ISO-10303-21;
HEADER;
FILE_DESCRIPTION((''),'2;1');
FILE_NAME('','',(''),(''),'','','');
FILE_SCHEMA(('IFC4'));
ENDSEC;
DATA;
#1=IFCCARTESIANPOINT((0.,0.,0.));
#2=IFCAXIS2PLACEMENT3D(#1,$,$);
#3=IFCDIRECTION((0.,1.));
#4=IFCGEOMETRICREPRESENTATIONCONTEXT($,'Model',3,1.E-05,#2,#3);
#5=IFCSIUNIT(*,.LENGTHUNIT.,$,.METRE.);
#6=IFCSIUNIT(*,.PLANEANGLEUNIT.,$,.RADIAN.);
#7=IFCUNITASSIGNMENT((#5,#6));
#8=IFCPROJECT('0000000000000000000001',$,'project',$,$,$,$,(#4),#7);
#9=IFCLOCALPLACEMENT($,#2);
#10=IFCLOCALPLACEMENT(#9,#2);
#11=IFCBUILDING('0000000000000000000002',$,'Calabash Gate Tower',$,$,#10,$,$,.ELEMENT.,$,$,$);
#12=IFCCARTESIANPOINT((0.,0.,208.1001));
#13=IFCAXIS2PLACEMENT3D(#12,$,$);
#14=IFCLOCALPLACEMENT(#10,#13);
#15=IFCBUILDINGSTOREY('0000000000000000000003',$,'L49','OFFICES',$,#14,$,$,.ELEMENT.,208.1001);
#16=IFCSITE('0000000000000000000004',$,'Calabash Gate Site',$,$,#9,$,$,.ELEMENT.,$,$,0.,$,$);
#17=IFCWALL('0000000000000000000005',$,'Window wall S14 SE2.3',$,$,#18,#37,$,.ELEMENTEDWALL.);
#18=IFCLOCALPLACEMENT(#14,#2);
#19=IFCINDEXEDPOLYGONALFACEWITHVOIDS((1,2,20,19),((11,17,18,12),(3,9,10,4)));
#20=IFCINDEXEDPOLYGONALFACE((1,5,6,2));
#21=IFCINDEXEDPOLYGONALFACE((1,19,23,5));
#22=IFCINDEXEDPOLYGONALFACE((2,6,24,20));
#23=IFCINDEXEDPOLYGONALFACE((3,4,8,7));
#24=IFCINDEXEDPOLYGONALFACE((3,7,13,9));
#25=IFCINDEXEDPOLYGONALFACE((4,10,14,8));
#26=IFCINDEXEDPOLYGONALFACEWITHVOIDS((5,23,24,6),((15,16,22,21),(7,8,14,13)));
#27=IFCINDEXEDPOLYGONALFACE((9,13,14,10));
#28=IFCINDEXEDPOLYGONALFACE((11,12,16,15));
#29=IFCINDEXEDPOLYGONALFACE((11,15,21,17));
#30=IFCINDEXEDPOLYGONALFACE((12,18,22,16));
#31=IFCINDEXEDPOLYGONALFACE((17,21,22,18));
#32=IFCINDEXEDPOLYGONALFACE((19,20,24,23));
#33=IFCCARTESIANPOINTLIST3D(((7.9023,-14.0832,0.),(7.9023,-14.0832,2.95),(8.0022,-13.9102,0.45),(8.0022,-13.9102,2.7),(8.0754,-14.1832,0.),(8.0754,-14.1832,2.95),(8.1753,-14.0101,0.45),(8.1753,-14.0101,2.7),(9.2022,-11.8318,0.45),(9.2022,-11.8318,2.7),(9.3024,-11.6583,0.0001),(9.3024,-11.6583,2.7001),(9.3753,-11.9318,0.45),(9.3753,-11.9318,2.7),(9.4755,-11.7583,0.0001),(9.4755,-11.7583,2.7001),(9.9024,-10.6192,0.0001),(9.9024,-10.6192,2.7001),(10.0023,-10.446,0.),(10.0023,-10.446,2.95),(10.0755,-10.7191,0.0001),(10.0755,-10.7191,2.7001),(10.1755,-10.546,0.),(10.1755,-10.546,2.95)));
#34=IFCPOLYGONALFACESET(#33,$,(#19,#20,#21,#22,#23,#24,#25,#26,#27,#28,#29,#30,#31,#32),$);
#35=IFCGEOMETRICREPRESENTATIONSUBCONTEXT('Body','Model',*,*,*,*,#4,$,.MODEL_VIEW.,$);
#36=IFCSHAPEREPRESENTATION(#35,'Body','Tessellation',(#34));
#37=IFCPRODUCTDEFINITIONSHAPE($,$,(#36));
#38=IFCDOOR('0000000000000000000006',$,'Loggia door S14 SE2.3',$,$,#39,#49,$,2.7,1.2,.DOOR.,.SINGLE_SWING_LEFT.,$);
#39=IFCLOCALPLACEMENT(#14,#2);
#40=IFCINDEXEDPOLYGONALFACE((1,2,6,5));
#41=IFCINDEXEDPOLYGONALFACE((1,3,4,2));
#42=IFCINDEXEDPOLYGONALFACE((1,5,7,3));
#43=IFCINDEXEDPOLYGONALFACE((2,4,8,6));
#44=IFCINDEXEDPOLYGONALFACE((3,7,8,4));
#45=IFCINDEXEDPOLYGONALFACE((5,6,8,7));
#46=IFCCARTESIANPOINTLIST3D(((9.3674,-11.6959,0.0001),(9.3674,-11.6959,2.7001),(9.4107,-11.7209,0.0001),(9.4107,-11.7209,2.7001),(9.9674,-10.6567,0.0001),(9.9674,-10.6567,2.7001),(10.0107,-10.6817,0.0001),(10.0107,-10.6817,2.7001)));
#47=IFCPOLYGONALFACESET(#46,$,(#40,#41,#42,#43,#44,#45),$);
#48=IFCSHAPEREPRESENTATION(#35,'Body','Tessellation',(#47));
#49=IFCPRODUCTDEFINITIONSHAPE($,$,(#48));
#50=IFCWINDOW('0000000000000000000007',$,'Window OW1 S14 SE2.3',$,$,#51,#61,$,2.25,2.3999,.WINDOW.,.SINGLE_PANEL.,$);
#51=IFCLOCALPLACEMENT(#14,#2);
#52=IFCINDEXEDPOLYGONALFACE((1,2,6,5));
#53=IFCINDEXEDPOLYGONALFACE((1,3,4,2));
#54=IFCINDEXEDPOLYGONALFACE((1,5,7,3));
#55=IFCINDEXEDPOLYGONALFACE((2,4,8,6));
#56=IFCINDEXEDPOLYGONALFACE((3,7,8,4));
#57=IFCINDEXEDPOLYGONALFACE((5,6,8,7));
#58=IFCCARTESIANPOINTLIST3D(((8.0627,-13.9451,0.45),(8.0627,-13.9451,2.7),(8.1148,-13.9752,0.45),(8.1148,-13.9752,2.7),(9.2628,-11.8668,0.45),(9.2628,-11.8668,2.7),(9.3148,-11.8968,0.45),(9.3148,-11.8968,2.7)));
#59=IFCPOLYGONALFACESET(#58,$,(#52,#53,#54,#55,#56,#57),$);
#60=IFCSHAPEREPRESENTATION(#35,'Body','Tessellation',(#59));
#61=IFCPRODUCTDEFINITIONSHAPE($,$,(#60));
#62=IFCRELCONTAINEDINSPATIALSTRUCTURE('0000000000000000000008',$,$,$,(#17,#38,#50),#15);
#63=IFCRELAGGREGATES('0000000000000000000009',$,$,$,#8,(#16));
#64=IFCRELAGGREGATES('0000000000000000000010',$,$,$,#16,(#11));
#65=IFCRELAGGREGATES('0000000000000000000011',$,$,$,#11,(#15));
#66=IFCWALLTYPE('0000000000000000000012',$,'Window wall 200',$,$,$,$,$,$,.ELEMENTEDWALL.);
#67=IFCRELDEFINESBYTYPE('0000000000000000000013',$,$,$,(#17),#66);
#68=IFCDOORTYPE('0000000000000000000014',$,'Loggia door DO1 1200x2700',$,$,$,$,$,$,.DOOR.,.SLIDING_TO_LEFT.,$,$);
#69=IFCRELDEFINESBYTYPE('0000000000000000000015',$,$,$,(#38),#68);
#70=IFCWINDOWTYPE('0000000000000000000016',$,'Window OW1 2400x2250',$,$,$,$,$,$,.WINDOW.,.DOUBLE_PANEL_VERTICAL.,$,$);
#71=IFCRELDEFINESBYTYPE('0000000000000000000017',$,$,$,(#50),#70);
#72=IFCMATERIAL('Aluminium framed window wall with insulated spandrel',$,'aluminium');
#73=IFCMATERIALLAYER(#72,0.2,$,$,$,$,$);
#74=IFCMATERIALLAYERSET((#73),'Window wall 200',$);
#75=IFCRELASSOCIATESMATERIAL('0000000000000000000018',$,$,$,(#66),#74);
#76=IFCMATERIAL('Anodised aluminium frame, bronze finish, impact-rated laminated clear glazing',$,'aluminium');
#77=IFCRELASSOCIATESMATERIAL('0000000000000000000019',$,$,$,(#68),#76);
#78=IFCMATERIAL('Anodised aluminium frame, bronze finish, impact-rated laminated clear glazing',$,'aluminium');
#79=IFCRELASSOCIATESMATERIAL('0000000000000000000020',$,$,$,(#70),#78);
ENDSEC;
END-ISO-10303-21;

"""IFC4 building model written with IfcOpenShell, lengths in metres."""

from ifc_helpers import new_model, si_unit, direction, frame, frame_2d, origin, place, context, subcontext, project, spatial, rectangle, extrude, material, layer, layer_set, type_object, element, fill, save


model = new_model("IFC4")

# Units and contexts
model_context = context("Model", 3, precision=1e-05, world=origin(), true_north=direction((0.0, 1.0)))
body_context = subcontext(model_context, "Body", "Model", "MODEL_VIEW")
ifc_project = project(units=[si_unit("LENGTHUNIT", "METRE"), si_unit("PLANEANGLEUNIT", "RADIAN")], contexts=[model_context])

# Site, building, storey
site_placement = place(None, origin())
site = spatial("IfcSite", under=ifc_project, at=site_placement, Name="Calabash Gate Site", CompositionType="ELEMENT", RefElevation=0.0)
building_placement = place(site_placement, origin())
building = spatial("IfcBuilding", under=site, at=building_placement, Name="Calabash Gate Tower", CompositionType="ELEMENT")
storey_placement = place(building_placement, frame((0.0, 0.0, 208.1001)))
storey = spatial("IfcBuildingStorey", under=building, at=storey_placement, Name="L49", Description="OFFICES", CompositionType="ELEMENT", Elevation=208.1001)

# Shared definitions
ifc_material_1 = material(Name="Aluminium framed window wall with insulated spandrel", Category="aluminium")
ifc_layer_1 = layer(ifc_material_1, 0.2)
ifc_layer_set_1 = layer_set([ifc_layer_1], Name="Window wall 200")
wall_type_1 = type_object("IfcWallType", Name="Window wall 200", PredefinedType="ELEMENTEDWALL", material=ifc_layer_set_1)
ifc_material_2 = material(Name="Anodised aluminium frame, bronze finish, impact-rated laminated clear glazing", Category="aluminium")
door_type = type_object("IfcDoorType", Name="Loggia door DO1 1200x2700", OperationType="SLIDING_TO_LEFT", PredefinedType="DOOR", material=ifc_material_2)
ifc_material_3 = material(Name="Anodised aluminium frame, bronze finish, impact-rated laminated clear glazing", Category="aluminium")
window_type_1 = type_object("IfcWindowType", Name="Window OW1 2400x2250", PartitioningType="DOUBLE_PANEL_VERTICAL", PredefinedType="WINDOW", material=ifc_material_3)

# Wall, openings, door, window
wall_1_placement = place(storey_placement, frame((7.9888, -14.1333, 0.0), z_axis=(0.0, 0.0, 1.0), x_axis=(0.500028, 0.866009, 0.0)))
wall_1 = element("IfcWall", 1, at=wall_1_placement, inside=storey, type_object=wall_type_1, Name="Window wall S14 SE2.3", PredefinedType="ELEMENTEDWALL", context=body_context, shape_type="SweptSolid", body=[
    extrude(rectangle(XDim=4.2, YDim=0.2, at=frame_2d((2.1001, 0.0))), origin(), (0.0, 0.0, 1.0), 2.95),
])
opening_1_placement = place(wall_1_placement, frame((0.2, 0.0, 0.45)))
opening_1 = element("IfcOpeningElement", 2, at=opening_1_placement, cuts=wall_1, PredefinedType="OPENING", context=body_context, shape_type="SweptSolid", body=[
    extrude(rectangle(XDim=2.3999, YDim=2.25, at=frame_2d((1.2, 1.125))), frame((0.0, 0.1099, 0.0), z_axis=(0.0, -1.0, 0.0), x_axis=(1.0, 0.0, 0.0)), (0.0, 0.0, 1.0), 0.22),
])
opening_2_placement = place(wall_1_placement, frame((2.8, 0.0, 0.0)))
opening_2 = element("IfcOpeningElement", 3, at=opening_2_placement, cuts=wall_1, PredefinedType="OPENING", context=body_context, shape_type="SweptSolid", body=[
    extrude(rectangle(XDim=1.2, YDim=2.7, at=frame_2d((0.6001, 1.3501))), frame((0.0, 0.1099, 0.0), z_axis=(0.0, -1.0, 0.0), x_axis=(1.0, 0.0, 0.0)), (0.0, 0.0, 1.0), 0.22),
])
door_1_placement = place(opening_2_placement, origin())
door_1 = element("IfcDoor", 4, at=door_1_placement, inside=storey, type_object=door_type, Name="Loggia door S14 SE2.3", OperationType="SINGLE_SWING_LEFT", OverallHeight=2.7, OverallWidth=1.2, PredefinedType="DOOR", context=body_context, shape_type="SweptSolid", body=[
    extrude(rectangle(XDim=1.2, YDim=2.7, at=frame_2d((0.6001, 1.3501))), frame((0.0, 0.0249, 0.0), z_axis=(0.0, -1.0, 0.0), x_axis=(1.0, 0.0, 0.0)), (0.0, 0.0, 1.0), 0.05),
])
fill(opening_2, door_1)
window_1_placement = place(opening_1_placement, origin())
window_1 = element("IfcWindow", 5, at=window_1_placement, inside=storey, type_object=window_type_1, Name="Window OW1 S14 SE2.3", OverallHeight=2.25, OverallWidth=2.3999, PartitioningType="SINGLE_PANEL", PredefinedType="WINDOW", context=body_context, shape_type="SweptSolid", body=[
    extrude(rectangle(XDim=2.3999, YDim=2.25, at=frame_2d((1.2, 1.125))), frame((0.0, 0.03, 0.0), z_axis=(0.0, -1.0, 0.0), x_axis=(1.0, 0.0, 0.0)), (0.0, 0.0, 1.0), 0.0601),
])
fill(opening_1, window_1)

save(model, "model.ifc")
